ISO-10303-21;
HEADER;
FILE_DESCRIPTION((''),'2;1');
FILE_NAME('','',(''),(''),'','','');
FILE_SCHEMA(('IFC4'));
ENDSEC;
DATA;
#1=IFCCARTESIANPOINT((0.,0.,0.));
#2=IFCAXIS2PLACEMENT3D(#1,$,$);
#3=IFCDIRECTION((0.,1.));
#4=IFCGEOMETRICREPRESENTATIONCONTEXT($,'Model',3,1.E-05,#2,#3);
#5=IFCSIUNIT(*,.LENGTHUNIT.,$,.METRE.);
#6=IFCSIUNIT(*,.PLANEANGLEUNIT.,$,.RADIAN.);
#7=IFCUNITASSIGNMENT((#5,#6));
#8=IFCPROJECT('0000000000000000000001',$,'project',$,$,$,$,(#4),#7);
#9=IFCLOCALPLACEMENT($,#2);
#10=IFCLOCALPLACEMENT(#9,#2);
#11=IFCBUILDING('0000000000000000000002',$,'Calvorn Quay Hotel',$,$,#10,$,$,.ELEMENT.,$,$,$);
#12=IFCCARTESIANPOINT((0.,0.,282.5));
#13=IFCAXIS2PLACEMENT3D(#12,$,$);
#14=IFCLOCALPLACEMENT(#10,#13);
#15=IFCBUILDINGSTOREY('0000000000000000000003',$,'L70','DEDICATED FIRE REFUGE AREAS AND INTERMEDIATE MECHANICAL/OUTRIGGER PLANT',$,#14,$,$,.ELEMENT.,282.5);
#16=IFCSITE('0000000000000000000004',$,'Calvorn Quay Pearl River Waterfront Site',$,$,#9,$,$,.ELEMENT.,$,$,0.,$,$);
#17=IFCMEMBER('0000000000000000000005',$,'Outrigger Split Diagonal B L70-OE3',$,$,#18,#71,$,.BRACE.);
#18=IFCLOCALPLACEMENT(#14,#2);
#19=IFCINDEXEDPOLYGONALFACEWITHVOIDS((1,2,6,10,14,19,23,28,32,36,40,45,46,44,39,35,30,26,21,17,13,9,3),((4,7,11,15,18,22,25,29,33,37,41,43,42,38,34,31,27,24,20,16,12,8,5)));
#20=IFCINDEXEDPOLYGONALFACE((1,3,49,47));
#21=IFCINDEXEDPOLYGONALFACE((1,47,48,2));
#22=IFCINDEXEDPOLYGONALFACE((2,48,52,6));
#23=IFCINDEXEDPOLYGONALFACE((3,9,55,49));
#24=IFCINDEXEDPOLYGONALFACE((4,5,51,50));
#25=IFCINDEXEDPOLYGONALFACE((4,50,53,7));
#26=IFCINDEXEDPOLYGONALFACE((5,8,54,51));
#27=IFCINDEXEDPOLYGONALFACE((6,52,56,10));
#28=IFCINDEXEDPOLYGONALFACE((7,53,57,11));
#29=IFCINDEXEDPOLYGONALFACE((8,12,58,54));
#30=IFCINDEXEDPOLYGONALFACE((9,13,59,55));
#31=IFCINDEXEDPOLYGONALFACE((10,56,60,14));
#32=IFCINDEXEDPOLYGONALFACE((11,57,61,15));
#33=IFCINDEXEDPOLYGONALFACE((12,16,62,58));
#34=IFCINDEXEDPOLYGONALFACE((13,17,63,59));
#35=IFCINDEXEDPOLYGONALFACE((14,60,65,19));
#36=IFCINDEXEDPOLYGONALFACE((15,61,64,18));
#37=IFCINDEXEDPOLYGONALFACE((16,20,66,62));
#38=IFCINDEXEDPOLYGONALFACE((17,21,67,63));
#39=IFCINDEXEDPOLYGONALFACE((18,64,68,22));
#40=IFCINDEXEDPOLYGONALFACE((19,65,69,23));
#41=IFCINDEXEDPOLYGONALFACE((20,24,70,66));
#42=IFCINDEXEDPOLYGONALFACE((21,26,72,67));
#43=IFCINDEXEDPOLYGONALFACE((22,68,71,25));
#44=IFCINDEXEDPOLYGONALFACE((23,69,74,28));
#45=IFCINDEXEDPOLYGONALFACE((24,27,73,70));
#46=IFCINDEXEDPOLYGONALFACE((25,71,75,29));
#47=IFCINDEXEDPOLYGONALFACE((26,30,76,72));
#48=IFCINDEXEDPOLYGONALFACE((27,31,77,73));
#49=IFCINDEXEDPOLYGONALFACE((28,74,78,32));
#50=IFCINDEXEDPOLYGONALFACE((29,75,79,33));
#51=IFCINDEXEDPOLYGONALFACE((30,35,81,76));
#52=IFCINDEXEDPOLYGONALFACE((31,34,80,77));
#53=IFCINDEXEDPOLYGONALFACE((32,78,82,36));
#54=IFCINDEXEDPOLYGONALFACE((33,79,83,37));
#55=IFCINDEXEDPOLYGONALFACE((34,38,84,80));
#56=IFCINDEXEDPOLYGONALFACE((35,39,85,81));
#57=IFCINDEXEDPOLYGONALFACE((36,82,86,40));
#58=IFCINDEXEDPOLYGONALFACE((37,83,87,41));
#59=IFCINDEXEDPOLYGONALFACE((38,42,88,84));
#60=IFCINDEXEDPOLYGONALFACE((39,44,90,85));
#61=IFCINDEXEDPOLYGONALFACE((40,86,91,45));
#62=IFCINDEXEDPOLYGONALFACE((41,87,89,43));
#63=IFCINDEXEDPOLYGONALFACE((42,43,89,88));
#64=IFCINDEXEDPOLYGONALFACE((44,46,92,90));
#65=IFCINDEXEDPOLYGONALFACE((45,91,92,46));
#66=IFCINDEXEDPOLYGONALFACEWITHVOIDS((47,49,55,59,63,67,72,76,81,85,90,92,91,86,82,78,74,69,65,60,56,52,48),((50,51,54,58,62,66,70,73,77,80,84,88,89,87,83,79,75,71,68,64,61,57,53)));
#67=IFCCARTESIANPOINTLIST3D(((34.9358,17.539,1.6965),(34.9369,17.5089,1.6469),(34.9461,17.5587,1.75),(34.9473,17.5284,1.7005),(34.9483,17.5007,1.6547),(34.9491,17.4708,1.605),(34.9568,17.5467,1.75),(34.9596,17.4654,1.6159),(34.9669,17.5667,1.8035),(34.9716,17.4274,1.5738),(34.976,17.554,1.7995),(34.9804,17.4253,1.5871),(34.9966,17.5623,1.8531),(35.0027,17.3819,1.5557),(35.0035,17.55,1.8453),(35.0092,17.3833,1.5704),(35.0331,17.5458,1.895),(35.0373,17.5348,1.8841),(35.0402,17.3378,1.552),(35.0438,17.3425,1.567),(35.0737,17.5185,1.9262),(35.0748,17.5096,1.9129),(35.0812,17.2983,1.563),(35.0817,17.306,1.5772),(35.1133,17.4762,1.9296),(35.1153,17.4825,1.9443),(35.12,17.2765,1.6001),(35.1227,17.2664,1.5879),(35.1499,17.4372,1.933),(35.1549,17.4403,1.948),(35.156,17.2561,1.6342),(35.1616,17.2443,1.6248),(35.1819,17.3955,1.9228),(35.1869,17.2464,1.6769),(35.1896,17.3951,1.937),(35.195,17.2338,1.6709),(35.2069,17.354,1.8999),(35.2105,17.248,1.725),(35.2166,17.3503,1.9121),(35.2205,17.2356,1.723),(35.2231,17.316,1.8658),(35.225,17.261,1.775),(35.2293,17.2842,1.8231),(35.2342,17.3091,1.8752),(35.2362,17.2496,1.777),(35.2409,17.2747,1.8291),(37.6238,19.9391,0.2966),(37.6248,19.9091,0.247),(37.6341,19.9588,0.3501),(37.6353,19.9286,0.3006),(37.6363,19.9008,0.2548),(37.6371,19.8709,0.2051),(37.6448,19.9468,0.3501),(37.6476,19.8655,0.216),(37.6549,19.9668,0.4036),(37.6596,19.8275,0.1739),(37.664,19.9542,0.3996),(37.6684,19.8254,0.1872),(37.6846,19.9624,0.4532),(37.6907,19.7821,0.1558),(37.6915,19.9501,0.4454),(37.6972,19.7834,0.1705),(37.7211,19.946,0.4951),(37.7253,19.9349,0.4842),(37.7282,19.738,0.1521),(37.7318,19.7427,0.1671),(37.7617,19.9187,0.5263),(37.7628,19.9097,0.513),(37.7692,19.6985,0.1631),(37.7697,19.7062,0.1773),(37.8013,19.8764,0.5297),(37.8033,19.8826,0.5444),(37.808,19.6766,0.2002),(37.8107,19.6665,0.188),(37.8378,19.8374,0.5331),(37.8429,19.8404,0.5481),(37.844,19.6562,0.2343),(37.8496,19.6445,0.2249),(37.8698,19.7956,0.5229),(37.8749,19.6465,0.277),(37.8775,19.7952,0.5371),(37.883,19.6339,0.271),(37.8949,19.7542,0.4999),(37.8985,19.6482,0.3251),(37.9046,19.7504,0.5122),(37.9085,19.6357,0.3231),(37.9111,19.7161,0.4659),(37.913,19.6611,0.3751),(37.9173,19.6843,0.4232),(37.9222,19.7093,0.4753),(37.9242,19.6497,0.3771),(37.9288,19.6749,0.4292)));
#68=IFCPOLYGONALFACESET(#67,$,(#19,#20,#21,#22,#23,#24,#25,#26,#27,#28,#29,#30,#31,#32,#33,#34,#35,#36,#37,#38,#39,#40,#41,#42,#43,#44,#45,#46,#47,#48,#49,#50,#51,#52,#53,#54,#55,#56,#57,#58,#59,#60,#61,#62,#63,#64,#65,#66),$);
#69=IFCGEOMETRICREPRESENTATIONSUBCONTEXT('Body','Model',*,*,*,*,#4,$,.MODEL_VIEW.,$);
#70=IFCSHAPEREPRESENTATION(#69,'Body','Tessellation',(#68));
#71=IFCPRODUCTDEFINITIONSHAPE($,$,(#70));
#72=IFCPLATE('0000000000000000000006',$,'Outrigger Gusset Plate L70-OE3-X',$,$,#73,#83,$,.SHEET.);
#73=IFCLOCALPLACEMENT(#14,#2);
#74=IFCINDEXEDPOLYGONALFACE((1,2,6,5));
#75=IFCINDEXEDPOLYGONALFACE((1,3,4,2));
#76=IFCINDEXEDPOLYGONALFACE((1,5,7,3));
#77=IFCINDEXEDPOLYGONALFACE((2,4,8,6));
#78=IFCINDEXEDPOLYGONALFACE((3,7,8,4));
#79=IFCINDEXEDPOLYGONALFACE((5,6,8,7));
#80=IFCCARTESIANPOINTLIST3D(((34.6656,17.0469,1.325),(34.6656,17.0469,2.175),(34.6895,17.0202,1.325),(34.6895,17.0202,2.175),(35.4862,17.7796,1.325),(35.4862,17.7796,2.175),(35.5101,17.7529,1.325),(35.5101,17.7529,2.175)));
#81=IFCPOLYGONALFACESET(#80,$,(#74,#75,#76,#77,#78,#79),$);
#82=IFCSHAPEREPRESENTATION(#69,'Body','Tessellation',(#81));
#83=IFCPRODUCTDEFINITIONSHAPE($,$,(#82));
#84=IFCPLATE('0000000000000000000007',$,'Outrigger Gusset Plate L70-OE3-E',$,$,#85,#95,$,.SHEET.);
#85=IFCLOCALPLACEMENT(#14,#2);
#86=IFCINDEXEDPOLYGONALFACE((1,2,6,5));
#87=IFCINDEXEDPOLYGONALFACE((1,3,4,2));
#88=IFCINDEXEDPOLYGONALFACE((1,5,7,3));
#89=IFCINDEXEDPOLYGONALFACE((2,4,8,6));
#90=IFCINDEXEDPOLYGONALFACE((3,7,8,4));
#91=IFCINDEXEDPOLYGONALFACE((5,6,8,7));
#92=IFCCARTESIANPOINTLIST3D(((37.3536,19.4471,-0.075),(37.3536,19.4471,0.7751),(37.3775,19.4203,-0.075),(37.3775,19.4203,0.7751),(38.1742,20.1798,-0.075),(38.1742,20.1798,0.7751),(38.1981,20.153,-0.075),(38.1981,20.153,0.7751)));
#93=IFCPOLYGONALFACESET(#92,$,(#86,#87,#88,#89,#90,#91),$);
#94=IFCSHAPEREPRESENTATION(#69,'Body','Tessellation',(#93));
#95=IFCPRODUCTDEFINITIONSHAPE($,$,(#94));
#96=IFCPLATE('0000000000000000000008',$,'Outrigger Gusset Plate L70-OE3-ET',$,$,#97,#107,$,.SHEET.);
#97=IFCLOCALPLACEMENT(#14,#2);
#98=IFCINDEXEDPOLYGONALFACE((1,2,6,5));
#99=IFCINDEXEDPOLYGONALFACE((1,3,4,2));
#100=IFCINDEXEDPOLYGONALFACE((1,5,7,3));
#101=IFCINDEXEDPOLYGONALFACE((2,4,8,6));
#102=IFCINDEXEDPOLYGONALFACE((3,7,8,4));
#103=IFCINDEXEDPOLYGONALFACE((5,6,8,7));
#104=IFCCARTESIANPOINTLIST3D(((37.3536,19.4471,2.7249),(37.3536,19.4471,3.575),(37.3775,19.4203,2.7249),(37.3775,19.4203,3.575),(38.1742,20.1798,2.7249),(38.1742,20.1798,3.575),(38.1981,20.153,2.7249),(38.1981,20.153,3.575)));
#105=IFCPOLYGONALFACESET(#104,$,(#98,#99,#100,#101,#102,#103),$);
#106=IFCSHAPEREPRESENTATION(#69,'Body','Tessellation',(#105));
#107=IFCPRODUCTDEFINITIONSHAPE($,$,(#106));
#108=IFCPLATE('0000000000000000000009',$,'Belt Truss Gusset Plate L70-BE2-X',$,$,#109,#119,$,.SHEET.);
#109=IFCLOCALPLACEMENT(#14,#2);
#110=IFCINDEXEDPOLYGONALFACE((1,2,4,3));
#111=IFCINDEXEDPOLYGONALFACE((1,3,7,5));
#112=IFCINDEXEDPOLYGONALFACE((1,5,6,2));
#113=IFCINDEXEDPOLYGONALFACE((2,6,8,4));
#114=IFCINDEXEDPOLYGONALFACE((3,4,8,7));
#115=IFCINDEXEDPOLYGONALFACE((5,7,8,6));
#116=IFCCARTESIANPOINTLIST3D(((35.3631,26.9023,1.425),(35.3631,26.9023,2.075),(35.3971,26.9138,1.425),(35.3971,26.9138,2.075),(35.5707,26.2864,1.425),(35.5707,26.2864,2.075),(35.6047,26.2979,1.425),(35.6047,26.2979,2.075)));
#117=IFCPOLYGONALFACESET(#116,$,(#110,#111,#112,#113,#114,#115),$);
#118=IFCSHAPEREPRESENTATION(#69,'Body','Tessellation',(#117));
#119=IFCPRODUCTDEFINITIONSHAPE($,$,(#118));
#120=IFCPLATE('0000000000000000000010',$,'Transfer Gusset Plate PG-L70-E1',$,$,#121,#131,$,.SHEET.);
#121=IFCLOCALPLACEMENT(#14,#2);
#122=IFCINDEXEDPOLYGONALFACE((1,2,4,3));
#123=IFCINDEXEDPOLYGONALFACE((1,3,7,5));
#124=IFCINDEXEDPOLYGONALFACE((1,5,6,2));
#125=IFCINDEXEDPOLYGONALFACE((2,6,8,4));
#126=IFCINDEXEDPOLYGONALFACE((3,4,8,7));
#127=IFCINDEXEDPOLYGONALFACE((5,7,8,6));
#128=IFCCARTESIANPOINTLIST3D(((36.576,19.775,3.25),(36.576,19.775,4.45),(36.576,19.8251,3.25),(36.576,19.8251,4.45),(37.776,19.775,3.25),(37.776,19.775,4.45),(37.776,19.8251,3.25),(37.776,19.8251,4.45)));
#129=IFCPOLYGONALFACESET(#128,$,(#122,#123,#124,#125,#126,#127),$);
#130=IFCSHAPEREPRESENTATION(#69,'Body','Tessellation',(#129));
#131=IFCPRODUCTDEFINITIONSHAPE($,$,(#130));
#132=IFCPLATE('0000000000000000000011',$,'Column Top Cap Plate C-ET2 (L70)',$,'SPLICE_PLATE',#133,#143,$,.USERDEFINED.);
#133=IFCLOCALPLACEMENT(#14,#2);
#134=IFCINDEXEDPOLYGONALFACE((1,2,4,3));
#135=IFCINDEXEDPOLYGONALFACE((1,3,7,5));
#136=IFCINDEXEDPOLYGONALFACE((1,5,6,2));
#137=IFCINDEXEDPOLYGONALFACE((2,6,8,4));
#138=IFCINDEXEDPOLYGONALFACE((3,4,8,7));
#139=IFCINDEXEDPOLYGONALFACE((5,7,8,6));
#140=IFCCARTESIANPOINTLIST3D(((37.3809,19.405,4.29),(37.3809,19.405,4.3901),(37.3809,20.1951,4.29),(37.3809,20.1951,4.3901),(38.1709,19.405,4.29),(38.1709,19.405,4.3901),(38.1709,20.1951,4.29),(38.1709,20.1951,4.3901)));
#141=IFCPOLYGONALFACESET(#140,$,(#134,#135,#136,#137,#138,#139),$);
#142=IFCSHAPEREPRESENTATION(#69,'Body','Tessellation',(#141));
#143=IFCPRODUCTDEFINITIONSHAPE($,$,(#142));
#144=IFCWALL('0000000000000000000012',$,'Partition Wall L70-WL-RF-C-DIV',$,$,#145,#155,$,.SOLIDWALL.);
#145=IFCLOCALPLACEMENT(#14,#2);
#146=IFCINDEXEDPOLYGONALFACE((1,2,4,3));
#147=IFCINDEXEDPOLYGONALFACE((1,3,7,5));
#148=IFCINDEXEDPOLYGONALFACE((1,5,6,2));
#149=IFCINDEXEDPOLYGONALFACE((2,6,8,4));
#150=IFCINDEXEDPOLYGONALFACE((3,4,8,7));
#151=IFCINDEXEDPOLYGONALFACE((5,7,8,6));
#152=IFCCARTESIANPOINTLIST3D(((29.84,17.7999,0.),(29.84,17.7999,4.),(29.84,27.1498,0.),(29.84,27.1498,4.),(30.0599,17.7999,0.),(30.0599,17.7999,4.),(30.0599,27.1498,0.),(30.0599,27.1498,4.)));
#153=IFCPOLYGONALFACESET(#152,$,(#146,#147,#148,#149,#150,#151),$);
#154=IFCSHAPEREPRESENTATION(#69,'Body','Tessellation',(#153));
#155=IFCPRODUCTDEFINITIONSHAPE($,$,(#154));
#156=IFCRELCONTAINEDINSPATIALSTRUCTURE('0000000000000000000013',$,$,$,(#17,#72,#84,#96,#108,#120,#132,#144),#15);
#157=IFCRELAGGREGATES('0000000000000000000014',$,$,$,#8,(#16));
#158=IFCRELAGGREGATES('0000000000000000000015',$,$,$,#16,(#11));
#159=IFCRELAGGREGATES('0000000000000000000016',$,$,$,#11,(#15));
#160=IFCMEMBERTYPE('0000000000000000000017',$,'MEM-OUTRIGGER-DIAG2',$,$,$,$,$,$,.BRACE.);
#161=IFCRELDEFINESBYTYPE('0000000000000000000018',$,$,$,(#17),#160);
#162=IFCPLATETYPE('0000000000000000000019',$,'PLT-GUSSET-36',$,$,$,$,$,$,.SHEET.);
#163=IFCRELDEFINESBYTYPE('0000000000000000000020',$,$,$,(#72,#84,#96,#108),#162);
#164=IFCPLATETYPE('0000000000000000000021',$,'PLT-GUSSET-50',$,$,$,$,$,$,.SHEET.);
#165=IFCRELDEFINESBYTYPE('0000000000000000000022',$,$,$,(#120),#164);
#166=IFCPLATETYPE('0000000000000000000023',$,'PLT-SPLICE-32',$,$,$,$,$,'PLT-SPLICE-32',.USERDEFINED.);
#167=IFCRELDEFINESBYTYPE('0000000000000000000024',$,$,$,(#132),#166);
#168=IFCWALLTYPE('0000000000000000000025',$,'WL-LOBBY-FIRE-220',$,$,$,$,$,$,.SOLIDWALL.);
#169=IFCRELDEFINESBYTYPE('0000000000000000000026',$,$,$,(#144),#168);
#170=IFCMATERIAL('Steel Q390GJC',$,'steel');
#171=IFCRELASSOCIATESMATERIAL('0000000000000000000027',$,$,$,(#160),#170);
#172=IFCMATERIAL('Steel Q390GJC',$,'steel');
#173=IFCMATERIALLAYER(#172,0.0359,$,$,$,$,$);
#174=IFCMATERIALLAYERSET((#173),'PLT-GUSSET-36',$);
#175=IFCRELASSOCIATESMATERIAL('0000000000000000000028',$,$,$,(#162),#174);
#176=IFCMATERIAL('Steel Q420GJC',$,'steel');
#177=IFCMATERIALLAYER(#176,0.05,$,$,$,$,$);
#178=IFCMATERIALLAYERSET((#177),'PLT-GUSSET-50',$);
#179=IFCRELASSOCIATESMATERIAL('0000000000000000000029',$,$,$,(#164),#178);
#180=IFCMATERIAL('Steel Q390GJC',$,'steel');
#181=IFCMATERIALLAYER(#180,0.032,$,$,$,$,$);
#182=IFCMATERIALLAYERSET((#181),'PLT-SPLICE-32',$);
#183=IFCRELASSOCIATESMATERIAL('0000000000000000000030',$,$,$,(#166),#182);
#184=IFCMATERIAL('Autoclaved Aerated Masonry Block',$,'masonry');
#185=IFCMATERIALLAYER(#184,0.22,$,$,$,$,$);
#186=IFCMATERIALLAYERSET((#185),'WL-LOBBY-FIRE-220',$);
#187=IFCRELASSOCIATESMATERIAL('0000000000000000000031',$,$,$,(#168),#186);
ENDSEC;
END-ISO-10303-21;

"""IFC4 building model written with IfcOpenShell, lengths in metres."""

from ifc_helpers import new_model, si_unit, direction, frame, frame_2d, origin, origin_2d, place, context, subcontext, project, spatial, rectangle, hollow_circle, extrude, material, layer, layer_set, material_profile, profile_set, type_object, element, save


model = new_model("IFC4")

# Units and contexts
model_context = context("Model", 3, precision=1e-05, world=origin(), true_north=direction((0.0, 1.0)))
body_context = subcontext(model_context, "Body", "Model", "MODEL_VIEW")
ifc_project = project(units=[si_unit("LENGTHUNIT", "METRE"), si_unit("PLANEANGLEUNIT", "RADIAN")], contexts=[model_context])

# Site, building, storey
site_placement = place(None, origin())
site = spatial("IfcSite", under=ifc_project, at=site_placement, Name="Calvorn Quay Pearl River Waterfront Site", CompositionType="ELEMENT", RefElevation=0.0)
building_placement = place(site_placement, origin())
building = spatial("IfcBuilding", under=site, at=building_placement, Name="Calvorn Quay Hotel", CompositionType="ELEMENT")
storey_placement = place(building_placement, frame((0.0, 0.0, 282.5)))
storey = spatial("IfcBuildingStorey", under=building, at=storey_placement, Name="L70", Description="DEDICATED FIRE REFUGE AREAS AND INTERMEDIATE MECHANICAL/OUTRIGGER PLANT", CompositionType="ELEMENT", Elevation=282.5)

# Member
ifc_material_1 = material(Name="Steel Q390GJC", Category="steel")
ifc_material_profile_1 = material_profile(ifc_material_1, hollow_circle(Radius=0.2129, WallThickness=0.0161, at=origin_2d()), Name="CHS426x16")
ifc_profile_set_1 = profile_set([ifc_material_profile_1], Name="Steel Q390GJC")
member_type_1 = type_object("IfcMemberType", Name="MEM-OUTRIGGER-DIAG2", PredefinedType="BRACE", material=ifc_profile_set_1)
member_1_placement = place(storey_placement, frame((35.0879, 17.3999, 1.75), z_axis=(0.695295, 0.62084, -0.362109), x_axis=(-0.66604, 0.745916, 0.0)))
element("IfcMember", 1, at=member_1_placement, inside=storey, type_object=member_type_1, Name="Outrigger Split Diagonal B L70-OE3", PredefinedType="BRACE", context=body_context, shape_type="SweptSolid", body=[
    extrude(hollow_circle(Radius=0.2129, WallThickness=0.0161, at=origin_2d()), origin(), (0.0, 0.0, 1.0), 3.866),
])

# Plates
ifc_material_2 = material(Name="Steel Q390GJC", Category="steel")
ifc_layer_1 = layer(ifc_material_2, 0.0359)
ifc_layer_set_1 = layer_set([ifc_layer_1], Name="PLT-GUSSET-36")
plate_type_1 = type_object("IfcPlateType", Name="PLT-GUSSET-36", PredefinedType="SHEET", material=ifc_layer_set_1)
for number, where, z_axis, x_axis, name in (
    (2, (35.0879, 17.3999, 1.325), (0.0, 0.0, 1.0), (0.745941, 0.666012, 0.0), "Outrigger Gusset Plate L70-OE3-X"),
    (3, (37.7759, 19.8, -0.075), (0.0, 0.0, 1.0), (0.745941, 0.666012, 0.0), "Outrigger Gusset Plate L70-OE3-E"),
    (4, (37.7759, 19.8, 2.7249), (0.0, 0.0, 1.0), (0.745941, 0.666012, 0.0), "Outrigger Gusset Plate L70-OE3-ET"),
):
    element("IfcPlate", number, at=place(storey_placement, frame(where, z_axis=z_axis, x_axis=x_axis)), inside=storey, type_object=plate_type_1, Name=name, PredefinedType="SHEET", context=body_context, shape_type="SweptSolid", body=[
        extrude(rectangle(XDim=1.1001, YDim=0.0359, at=origin_2d()), origin(), (0.0, 0.0, 1.0), 0.8501),
    ])
plate_1_placement = place(storey_placement, frame((35.4839, 26.6001, 1.425), z_axis=(0.0, 0.0, 1.0), x_axis=(-0.319456, 0.947601, 0.0)))
element("IfcPlate", 5, at=plate_1_placement, inside=storey, type_object=plate_type_1, Name="Belt Truss Gusset Plate L70-BE2-X", PredefinedType="SHEET", context=body_context, shape_type="SweptSolid", body=[
    extrude(rectangle(XDim=0.6499, YDim=0.0359, at=origin_2d()), origin(), (0.0, 0.0, 1.0), 0.6499),
])
ifc_material_3 = material(Name="Steel Q420GJC", Category="steel")
ifc_layer_2 = layer(ifc_material_3, 0.05)
ifc_layer_set_2 = layer_set([ifc_layer_2], Name="PLT-GUSSET-50")
plate_type_2 = type_object("IfcPlateType", Name="PLT-GUSSET-50", PredefinedType="SHEET", material=ifc_layer_set_2)
plate_2_placement = place(storey_placement, frame((37.176, 19.8, 3.25), z_axis=(0.0, 0.0, 1.0), x_axis=(1.0, 0.0, 0.0)))
element("IfcPlate", 6, at=plate_2_placement, inside=storey, type_object=plate_type_2, Name="Transfer Gusset Plate PG-L70-E1", PredefinedType="SHEET", context=body_context, shape_type="SweptSolid", body=[
    extrude(rectangle(XDim=1.2, YDim=0.05, at=origin_2d()), origin(), (0.0, 0.0, 1.0), 1.2),
])
ifc_material_4 = material(Name="Steel Q390GJC", Category="steel")
ifc_layer_3 = layer(ifc_material_4, 0.032)
ifc_layer_set_3 = layer_set([ifc_layer_3], Name="PLT-SPLICE-32")
plate_type_3 = type_object("IfcPlateType", Name="PLT-SPLICE-32", ElementType="PLT-SPLICE-32", PredefinedType="USERDEFINED", material=ifc_layer_set_3)
plate_3_placement = place(storey_placement, frame((37.7759, 19.8, 4.29), z_axis=(0.0, 0.0, 1.0), x_axis=(1.0, 0.0, 0.0)))
element("IfcPlate", 7, at=plate_3_placement, inside=storey, type_object=plate_type_3, Name="Column Top Cap Plate C-ET2 (L70)", ObjectType="SPLICE_PLATE", PredefinedType="USERDEFINED", context=body_context, shape_type="SweptSolid", body=[
    extrude(rectangle(XDim=0.79, YDim=0.79, at=origin_2d()), origin(), (0.0, 0.0, 1.0), 0.1001),
])

# Wall
ifc_material_5 = material(Name="Autoclaved Aerated Masonry Block", Category="masonry")
ifc_layer_4 = layer(ifc_material_5, 0.22)
ifc_layer_set_4 = layer_set([ifc_layer_4], Name="WL-LOBBY-FIRE-220")
wall_type = type_object("IfcWallType", Name="WL-LOBBY-FIRE-220", PredefinedType="SOLIDWALL", material=ifc_layer_set_4)
wall_placement = place(storey_placement, frame((29.95, 17.8, 0.0), z_axis=(0.0, 0.0, 1.0), x_axis=(0.0, 1.0, 0.0)))
element("IfcWall", 8, at=wall_placement, inside=storey, type_object=wall_type, Name="Partition Wall L70-WL-RF-C-DIV", PredefinedType="SOLIDWALL", context=body_context, shape_type="SweptSolid", body=[
    extrude(rectangle(XDim=9.3499, YDim=0.22, at=frame_2d((4.6748, 0.0))), origin(), (0.0, 0.0, 1.0), 4.0),
])

save(model, "model.ifc")
